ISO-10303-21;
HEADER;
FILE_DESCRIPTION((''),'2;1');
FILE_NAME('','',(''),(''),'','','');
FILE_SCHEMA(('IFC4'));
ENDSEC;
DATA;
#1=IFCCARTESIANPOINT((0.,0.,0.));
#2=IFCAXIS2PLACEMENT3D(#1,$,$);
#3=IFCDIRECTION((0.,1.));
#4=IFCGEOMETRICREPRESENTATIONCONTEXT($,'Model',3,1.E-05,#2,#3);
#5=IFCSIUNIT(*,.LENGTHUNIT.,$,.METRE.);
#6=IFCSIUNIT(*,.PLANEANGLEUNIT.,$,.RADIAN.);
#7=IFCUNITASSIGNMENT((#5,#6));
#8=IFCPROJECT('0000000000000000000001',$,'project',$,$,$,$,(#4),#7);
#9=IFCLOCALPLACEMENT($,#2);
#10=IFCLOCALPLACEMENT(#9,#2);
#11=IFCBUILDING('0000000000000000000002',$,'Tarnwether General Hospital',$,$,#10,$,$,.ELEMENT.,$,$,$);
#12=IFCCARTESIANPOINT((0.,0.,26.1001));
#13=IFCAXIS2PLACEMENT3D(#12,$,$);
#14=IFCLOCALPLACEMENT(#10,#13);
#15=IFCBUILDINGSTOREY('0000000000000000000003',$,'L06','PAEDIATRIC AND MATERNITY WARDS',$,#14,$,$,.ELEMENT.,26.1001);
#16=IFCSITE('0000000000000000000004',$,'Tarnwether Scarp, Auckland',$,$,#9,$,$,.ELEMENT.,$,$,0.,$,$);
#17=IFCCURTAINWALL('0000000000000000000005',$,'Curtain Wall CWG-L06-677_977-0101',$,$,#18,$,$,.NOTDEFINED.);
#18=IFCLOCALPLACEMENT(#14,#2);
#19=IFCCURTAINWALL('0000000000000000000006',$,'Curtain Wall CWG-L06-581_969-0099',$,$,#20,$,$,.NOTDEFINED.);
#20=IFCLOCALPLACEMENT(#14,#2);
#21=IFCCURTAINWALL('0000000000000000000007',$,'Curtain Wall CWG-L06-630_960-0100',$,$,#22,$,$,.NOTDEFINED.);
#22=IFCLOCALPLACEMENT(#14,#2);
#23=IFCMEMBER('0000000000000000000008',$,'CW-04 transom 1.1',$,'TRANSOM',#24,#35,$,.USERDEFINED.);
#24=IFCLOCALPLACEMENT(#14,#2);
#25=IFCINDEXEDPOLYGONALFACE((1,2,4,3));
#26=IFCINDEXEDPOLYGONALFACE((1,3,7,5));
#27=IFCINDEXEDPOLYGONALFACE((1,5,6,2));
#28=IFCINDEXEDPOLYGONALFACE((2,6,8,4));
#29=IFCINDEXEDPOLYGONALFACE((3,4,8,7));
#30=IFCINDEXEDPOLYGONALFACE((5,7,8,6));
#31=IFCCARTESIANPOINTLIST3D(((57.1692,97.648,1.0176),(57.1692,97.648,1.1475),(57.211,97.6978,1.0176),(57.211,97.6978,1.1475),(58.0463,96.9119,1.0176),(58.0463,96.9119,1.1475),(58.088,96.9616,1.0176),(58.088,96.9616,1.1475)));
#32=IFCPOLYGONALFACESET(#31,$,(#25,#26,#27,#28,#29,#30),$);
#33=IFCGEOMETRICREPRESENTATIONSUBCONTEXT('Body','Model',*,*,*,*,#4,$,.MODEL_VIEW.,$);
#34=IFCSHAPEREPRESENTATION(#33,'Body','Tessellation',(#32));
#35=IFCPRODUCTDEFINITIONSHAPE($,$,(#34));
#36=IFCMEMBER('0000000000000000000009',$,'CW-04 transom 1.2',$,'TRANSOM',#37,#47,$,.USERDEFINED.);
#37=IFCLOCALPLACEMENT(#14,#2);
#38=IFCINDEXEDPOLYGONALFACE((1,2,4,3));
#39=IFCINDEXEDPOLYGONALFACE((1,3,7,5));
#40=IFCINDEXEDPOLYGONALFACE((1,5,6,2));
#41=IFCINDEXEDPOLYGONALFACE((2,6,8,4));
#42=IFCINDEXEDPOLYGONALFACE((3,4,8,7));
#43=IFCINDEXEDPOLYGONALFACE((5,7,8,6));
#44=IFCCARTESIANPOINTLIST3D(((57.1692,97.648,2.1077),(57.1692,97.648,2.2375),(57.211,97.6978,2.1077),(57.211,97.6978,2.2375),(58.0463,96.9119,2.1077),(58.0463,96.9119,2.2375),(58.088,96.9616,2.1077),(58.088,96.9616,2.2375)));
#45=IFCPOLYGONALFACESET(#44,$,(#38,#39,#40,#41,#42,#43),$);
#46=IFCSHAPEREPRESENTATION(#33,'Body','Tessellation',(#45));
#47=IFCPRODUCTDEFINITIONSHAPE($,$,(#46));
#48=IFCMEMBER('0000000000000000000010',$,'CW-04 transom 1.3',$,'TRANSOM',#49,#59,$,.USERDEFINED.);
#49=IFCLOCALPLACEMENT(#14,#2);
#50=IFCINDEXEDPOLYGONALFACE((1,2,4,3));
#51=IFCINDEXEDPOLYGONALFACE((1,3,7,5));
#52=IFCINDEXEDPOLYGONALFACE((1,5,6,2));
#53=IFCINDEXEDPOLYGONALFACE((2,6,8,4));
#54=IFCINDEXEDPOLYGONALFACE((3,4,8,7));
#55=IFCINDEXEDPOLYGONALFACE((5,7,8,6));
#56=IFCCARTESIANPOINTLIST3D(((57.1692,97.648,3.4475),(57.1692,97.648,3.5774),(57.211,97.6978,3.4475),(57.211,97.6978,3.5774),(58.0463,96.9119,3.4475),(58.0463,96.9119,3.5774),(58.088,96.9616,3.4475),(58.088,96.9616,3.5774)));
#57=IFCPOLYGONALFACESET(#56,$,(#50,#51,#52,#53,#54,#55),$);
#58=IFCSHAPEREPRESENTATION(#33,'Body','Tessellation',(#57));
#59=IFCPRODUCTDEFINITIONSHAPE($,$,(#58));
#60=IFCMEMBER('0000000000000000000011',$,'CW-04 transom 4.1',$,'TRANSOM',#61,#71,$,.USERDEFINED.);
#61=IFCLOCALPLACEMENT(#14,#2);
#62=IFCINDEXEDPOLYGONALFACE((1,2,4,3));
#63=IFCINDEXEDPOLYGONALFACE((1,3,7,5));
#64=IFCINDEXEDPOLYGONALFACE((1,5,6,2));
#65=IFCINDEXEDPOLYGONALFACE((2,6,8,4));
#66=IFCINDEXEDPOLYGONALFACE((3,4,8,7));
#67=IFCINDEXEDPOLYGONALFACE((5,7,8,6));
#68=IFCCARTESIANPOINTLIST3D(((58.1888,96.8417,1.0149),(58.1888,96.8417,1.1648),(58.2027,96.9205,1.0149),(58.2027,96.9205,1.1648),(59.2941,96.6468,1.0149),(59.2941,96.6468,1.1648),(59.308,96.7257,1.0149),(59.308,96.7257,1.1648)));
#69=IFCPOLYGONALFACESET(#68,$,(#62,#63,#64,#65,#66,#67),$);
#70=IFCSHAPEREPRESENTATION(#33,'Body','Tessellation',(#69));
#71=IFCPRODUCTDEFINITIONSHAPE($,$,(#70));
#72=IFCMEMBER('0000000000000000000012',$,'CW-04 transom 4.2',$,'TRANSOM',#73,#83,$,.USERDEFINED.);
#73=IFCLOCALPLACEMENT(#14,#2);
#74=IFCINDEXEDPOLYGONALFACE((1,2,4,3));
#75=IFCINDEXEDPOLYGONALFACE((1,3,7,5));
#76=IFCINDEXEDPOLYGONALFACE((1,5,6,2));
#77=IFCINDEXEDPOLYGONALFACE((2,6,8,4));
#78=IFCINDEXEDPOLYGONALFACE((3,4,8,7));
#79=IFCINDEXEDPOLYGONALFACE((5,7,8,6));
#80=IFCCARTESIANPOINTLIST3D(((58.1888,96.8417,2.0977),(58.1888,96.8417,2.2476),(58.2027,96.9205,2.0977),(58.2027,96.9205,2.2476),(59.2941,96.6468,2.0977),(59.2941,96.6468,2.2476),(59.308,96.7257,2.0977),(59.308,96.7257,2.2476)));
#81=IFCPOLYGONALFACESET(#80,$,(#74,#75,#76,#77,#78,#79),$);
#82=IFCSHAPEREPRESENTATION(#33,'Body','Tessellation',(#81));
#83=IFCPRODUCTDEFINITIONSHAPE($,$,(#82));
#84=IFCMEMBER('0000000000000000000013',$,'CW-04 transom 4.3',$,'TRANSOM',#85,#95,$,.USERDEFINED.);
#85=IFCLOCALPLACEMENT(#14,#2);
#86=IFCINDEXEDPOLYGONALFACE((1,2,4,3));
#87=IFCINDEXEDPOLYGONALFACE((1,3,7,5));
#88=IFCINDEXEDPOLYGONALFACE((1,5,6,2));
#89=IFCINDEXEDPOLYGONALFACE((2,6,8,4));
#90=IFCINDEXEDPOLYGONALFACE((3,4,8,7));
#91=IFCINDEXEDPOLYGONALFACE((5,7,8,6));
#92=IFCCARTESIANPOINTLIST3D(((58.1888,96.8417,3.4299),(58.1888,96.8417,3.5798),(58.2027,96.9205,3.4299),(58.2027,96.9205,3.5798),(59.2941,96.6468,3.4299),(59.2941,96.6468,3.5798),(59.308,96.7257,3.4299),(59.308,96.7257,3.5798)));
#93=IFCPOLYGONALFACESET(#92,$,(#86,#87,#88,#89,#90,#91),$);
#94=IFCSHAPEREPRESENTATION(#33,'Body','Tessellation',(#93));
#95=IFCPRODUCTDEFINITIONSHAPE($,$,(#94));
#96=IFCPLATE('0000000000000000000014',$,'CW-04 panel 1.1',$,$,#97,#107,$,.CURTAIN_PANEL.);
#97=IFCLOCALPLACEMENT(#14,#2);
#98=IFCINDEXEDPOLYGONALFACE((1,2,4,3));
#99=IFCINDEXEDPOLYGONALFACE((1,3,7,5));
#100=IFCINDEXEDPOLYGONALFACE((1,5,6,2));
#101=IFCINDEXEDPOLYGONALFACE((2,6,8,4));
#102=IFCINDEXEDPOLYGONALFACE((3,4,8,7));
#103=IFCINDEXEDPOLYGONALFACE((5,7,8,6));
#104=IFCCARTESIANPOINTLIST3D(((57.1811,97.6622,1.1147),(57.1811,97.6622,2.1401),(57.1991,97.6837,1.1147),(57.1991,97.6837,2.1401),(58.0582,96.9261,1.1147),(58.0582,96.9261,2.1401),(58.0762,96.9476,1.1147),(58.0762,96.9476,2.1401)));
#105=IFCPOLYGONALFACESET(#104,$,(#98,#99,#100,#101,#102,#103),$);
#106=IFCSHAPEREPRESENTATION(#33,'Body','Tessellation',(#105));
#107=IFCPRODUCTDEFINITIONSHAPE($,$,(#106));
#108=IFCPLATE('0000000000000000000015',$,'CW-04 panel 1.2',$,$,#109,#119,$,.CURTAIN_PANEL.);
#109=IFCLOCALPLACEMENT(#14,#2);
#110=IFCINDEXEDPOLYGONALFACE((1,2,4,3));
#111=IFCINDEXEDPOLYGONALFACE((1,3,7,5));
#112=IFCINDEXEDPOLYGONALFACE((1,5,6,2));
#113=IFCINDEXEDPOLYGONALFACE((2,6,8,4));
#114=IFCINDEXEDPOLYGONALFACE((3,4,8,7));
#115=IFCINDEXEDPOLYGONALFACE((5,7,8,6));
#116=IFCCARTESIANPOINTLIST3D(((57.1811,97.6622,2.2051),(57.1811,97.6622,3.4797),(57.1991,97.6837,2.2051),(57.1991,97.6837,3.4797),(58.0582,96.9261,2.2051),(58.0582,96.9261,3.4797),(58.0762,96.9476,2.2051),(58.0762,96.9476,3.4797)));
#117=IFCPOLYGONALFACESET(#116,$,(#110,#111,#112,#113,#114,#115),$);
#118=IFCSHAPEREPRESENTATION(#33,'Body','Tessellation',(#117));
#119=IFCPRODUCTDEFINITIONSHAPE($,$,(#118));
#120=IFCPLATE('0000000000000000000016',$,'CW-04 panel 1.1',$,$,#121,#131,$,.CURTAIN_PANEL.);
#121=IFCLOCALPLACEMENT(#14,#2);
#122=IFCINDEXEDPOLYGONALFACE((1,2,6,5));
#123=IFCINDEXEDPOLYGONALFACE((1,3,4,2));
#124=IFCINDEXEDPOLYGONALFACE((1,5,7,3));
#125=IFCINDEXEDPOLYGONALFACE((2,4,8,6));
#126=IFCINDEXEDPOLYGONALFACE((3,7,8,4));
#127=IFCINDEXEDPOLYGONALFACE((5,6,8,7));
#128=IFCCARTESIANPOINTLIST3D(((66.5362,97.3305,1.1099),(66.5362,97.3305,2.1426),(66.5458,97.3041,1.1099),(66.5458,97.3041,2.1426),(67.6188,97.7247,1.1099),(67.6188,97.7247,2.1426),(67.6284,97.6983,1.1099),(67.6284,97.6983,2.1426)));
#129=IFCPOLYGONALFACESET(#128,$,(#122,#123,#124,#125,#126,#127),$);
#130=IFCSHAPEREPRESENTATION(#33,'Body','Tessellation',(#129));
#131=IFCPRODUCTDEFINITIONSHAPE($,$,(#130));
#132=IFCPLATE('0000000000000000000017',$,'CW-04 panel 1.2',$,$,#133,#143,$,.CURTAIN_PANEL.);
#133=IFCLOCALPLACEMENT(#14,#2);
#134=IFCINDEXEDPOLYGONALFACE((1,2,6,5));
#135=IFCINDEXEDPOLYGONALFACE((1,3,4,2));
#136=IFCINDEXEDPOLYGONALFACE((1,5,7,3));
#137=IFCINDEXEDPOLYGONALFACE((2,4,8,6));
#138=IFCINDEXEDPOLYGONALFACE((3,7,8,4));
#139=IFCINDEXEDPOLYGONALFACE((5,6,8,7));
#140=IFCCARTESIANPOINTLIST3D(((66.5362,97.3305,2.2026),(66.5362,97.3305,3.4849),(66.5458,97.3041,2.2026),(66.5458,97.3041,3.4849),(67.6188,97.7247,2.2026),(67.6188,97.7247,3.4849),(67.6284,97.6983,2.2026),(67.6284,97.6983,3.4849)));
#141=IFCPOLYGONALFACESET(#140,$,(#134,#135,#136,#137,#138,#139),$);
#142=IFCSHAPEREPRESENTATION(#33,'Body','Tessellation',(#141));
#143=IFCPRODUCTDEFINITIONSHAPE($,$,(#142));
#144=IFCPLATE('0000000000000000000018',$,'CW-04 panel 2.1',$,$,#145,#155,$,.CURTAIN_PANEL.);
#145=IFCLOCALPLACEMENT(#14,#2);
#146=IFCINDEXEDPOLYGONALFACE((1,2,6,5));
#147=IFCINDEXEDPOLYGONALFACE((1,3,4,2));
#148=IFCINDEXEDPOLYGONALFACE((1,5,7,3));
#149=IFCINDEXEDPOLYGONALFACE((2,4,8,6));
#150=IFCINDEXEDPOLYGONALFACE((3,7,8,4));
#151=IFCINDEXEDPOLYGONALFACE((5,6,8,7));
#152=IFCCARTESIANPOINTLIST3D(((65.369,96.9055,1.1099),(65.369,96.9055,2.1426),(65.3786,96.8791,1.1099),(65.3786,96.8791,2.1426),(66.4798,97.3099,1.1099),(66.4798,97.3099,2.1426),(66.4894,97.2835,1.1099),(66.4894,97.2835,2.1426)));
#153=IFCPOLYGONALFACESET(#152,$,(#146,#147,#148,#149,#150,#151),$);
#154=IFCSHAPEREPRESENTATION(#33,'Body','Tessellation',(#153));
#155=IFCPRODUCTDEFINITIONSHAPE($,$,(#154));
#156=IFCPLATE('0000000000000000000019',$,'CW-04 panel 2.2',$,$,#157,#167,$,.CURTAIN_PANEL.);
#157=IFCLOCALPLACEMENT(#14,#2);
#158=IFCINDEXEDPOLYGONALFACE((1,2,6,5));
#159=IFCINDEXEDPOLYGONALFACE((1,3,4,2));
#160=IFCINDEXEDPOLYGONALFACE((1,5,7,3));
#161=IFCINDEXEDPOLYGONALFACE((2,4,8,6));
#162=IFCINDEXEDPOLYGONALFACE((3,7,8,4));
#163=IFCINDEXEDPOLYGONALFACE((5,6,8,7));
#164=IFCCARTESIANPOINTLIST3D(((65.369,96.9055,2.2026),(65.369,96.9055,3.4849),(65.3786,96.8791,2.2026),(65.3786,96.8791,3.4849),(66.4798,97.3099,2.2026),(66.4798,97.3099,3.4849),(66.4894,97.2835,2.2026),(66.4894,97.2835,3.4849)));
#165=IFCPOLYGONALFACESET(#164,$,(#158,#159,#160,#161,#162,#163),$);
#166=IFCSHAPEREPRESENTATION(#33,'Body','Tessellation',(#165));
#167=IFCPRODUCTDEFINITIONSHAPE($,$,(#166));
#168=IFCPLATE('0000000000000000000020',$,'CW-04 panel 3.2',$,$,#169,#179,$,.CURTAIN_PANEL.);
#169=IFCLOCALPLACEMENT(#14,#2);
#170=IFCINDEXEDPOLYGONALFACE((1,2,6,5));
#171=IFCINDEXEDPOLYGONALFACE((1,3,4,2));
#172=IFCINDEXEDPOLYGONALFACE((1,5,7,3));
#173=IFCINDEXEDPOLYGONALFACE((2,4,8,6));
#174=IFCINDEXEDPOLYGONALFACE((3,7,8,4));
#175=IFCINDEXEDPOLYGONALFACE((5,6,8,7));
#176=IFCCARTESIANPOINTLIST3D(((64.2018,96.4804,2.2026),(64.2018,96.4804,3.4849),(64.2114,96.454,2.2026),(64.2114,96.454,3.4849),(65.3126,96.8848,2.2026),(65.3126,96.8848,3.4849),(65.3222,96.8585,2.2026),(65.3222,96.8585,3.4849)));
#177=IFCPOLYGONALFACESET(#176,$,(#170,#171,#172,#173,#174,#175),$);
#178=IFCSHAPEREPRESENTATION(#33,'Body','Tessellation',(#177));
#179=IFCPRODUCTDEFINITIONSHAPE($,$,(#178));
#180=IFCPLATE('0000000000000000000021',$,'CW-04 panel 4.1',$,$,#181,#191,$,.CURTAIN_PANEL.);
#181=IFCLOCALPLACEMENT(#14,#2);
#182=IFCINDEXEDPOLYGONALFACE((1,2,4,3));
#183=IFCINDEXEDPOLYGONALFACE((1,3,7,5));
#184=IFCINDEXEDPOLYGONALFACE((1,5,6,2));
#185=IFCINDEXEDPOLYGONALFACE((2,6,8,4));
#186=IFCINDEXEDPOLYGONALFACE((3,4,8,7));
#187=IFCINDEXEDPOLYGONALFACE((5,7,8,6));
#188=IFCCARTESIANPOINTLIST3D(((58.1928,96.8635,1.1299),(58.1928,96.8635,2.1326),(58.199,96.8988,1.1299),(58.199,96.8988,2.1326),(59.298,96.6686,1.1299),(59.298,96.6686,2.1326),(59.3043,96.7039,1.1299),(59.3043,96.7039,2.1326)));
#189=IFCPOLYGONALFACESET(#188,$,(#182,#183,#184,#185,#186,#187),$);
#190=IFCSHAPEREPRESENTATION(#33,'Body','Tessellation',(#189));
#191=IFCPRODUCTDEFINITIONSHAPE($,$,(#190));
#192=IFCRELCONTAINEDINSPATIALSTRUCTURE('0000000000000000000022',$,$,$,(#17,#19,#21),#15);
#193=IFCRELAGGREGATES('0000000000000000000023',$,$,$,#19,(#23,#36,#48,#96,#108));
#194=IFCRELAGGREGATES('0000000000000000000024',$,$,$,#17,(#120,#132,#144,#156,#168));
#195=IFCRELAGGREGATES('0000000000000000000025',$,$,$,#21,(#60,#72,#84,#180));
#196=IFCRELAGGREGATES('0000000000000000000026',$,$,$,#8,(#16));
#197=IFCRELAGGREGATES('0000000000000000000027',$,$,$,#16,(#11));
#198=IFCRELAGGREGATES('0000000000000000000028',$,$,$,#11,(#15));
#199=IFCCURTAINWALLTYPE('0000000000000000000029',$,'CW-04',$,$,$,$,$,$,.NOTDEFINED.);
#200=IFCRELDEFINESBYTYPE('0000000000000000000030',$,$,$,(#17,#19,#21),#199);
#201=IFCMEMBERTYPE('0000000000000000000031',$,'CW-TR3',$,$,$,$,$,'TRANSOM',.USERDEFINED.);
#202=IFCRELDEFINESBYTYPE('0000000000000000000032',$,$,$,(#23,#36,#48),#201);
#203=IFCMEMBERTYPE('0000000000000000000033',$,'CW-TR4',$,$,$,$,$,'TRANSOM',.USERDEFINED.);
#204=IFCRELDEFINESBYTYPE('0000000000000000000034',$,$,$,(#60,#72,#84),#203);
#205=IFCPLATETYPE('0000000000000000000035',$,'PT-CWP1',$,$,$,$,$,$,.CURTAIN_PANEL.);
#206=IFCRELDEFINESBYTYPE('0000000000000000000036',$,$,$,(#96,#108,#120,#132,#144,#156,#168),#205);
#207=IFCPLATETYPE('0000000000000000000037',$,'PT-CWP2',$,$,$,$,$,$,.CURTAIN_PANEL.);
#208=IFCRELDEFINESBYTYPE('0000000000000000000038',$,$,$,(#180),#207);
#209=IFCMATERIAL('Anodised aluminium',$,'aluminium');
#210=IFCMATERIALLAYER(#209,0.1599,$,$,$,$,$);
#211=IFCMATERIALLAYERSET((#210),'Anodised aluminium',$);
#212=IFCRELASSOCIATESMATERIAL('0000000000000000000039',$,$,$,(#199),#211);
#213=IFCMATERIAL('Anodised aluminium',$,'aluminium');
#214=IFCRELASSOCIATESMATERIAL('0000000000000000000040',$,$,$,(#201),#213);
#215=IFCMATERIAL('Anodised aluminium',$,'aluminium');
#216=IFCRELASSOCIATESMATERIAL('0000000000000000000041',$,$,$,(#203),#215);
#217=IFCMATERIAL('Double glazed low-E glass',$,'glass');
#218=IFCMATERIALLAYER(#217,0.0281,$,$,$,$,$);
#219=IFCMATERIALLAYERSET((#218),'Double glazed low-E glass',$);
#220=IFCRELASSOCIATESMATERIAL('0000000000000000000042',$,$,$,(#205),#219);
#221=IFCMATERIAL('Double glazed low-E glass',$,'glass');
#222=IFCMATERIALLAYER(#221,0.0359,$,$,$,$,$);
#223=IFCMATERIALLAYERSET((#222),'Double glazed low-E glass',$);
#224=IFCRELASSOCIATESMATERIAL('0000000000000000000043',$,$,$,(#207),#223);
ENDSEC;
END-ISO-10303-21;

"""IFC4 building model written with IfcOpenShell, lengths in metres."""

from ifc_helpers import new_model, si_unit, direction, frame, origin, origin_2d, place, context, subcontext, project, spatial, rectangle, extrude, material, layer, layer_set, material_profile, profile_set, type_object, element, aggregate, save


model = new_model("IFC4")

# Units and contexts
model_context = context("Model", 3, precision=1e-05, world=origin(), true_north=direction((0.0, 1.0)))
body_context = subcontext(model_context, "Body", "Model", "MODEL_VIEW")
ifc_project = project(units=[si_unit("LENGTHUNIT", "METRE"), si_unit("PLANEANGLEUNIT", "RADIAN")], contexts=[model_context])

# Site, building, storey
site_placement = place(None, origin())
site = spatial("IfcSite", under=ifc_project, at=site_placement, Name="Tarnwether Scarp, Auckland", CompositionType="ELEMENT", RefElevation=0.0)
building_placement = place(site_placement, origin())
building = spatial("IfcBuilding", under=site, at=building_placement, Name="Tarnwether General Hospital", CompositionType="ELEMENT")
storey_placement = place(building_placement, frame((0.0, 0.0, 26.1001)))
storey = spatial("IfcBuildingStorey", under=building, at=storey_placement, Name="L06", Description="PAEDIATRIC AND MATERNITY WARDS", CompositionType="ELEMENT", Elevation=26.1001)

# Curtain walls
ifc_material_1 = material(Name="Anodised aluminium", Category="aluminium")
ifc_layer_1 = layer(ifc_material_1, 0.1599)
ifc_layer_set_1 = layer_set([ifc_layer_1], Name="Anodised aluminium")
curtain_wall_type = type_object("IfcCurtainWallType", Name="CW-04", PredefinedType="NOTDEFINED", material=ifc_layer_set_1)
curtain_wall_1_placement = place(storey_placement, origin())
curtain_wall_1 = element("IfcCurtainWall", 1, at=curtain_wall_1_placement, inside=storey, type_object=curtain_wall_type, Name="Curtain Wall CWG-L06-677_977-0101", PredefinedType="NOTDEFINED")
curtain_wall_2_placement = place(storey_placement, origin())
curtain_wall_2 = element("IfcCurtainWall", 2, at=curtain_wall_2_placement, inside=storey, type_object=curtain_wall_type, Name="Curtain Wall CWG-L06-581_969-0099", PredefinedType="NOTDEFINED")
curtain_wall_3_placement = place(storey_placement, origin())
curtain_wall_3 = element("IfcCurtainWall", 3, at=curtain_wall_3_placement, inside=storey, type_object=curtain_wall_type, Name="Curtain Wall CWG-L06-630_960-0100", PredefinedType="NOTDEFINED")

# Members
ifc_material_2 = material(Name="Anodised aluminium", Category="aluminium")
ifc_material_profile_1 = material_profile(ifc_material_2, rectangle(XDim=0.0649, YDim=0.1299, at=origin_2d()), Name="ALU-TRN-65x130")
ifc_profile_set_1 = profile_set([ifc_material_profile_1], Name="Anodised aluminium")
member_type_1 = type_object("IfcMemberType", Name="CW-TR3", ElementType="TRANSOM", PredefinedType="USERDEFINED", material=ifc_profile_set_1)
member_1_placement = place(storey_placement, frame((58.0671, 96.9368, 1.0825), z_axis=(-0.765944, 0.642907, 0.0), x_axis=(-0.642907, -0.765944, 0.0)))
member_1 = element("IfcMember", 4, at=member_1_placement, type_object=member_type_1, Name="CW-04 transom 1.1", ObjectType="TRANSOM", PredefinedType="USERDEFINED", context=body_context, shape_type="SweptSolid", body=[
    extrude(rectangle(XDim=0.0649, YDim=0.1299, at=origin_2d()), origin(), (0.0, 0.0, 1.0), 1.145),
])
member_2_placement = place(storey_placement, frame((58.0671, 96.9368, 2.1726), z_axis=(-0.765944, 0.642907, 0.0), x_axis=(-0.642907, -0.765944, 0.0)))
member_2 = element("IfcMember", 5, at=member_2_placement, type_object=member_type_1, Name="CW-04 transom 1.2", ObjectType="TRANSOM", PredefinedType="USERDEFINED", context=body_context, shape_type="SweptSolid", body=[
    extrude(rectangle(XDim=0.0649, YDim=0.1299, at=origin_2d()), origin(), (0.0, 0.0, 1.0), 1.145),
])
member_3_placement = place(storey_placement, frame((58.0671, 96.9368, 3.5125), z_axis=(-0.765944, 0.642907, 0.0), x_axis=(-0.642907, -0.765944, 0.0)))
member_3 = element("IfcMember", 6, at=member_3_placement, type_object=member_type_1, Name="CW-04 transom 1.3", ObjectType="TRANSOM", PredefinedType="USERDEFINED", context=body_context, shape_type="SweptSolid", body=[
    extrude(rectangle(XDim=0.0649, YDim=0.1299, at=origin_2d()), origin(), (0.0, 0.0, 1.0), 1.145),
])
ifc_material_3 = material(Name="Anodised aluminium", Category="aluminium")
ifc_material_profile_2 = material_profile(ifc_material_3, rectangle(XDim=0.0801, YDim=0.1499, at=origin_2d()), Name="ALU-TRN-80x150")
ifc_profile_set_2 = profile_set([ifc_material_profile_2], Name="Anodised aluminium")
member_type_2 = type_object("IfcMemberType", Name="CW-TR4", ElementType="TRANSOM", PredefinedType="USERDEFINED", material=ifc_profile_set_2)
member_4_placement = place(storey_placement, frame((59.301, 96.6863, 1.0898), z_axis=(-0.984816, 0.173599, 0.0), x_axis=(-0.173599, -0.984816, 0.0)))
member_4 = element("IfcMember", 7, at=member_4_placement, type_object=member_type_2, Name="CW-04 transom 4.1", ObjectType="TRANSOM", PredefinedType="USERDEFINED", context=body_context, shape_type="SweptSolid", body=[
    extrude(rectangle(XDim=0.0801, YDim=0.1499, at=origin_2d()), origin(), (0.0, 0.0, 1.0), 1.1223),
])
member_5_placement = place(storey_placement, frame((59.301, 96.6863, 2.1726), z_axis=(-0.984816, 0.173599, 0.0), x_axis=(-0.173599, -0.984816, 0.0)))
member_5 = element("IfcMember", 8, at=member_5_placement, type_object=member_type_2, Name="CW-04 transom 4.2", ObjectType="TRANSOM", PredefinedType="USERDEFINED", context=body_context, shape_type="SweptSolid", body=[
    extrude(rectangle(XDim=0.0801, YDim=0.1499, at=origin_2d()), origin(), (0.0, 0.0, 1.0), 1.1223),
])
member_6_placement = place(storey_placement, frame((59.301, 96.6863, 3.5049), z_axis=(-0.984816, 0.173599, 0.0), x_axis=(-0.173599, -0.984816, 0.0)))
member_6 = element("IfcMember", 9, at=member_6_placement, type_object=member_type_2, Name="CW-04 transom 4.3", ObjectType="TRANSOM", PredefinedType="USERDEFINED", context=body_context, shape_type="SweptSolid", body=[
    extrude(rectangle(XDim=0.0801, YDim=0.1499, at=origin_2d()), origin(), (0.0, 0.0, 1.0), 1.1223),
])

# Plates
ifc_material_4 = material(Name="Double glazed low-E glass", Category="glass")
ifc_layer_2 = layer(ifc_material_4, 0.0281)
ifc_layer_set_2 = layer_set([ifc_layer_2], Name="Double glazed low-E glass")
plate_type_1 = type_object("IfcPlateType", Name="PT-CWP1", PredefinedType="CURTAIN_PANEL", material=ifc_layer_set_2)
plate_1_placement = place(storey_placement, frame((57.6287, 97.3049, 1.1147), z_axis=(0.0, 0.0, 1.0), x_axis=(-0.76599, 0.642852, 0.0)))
plate_1 = element("IfcPlate", 10, at=plate_1_placement, type_object=plate_type_1, Name="CW-04 panel 1.1", PredefinedType="CURTAIN_PANEL", context=body_context, shape_type="SweptSolid", body=[
    extrude(rectangle(XDim=1.145, YDim=0.0281, at=origin_2d()), origin(), (0.0, 0.0, 1.0), 1.0254),
])
plate_2_placement = place(storey_placement, frame((57.6287, 97.3049, 2.2051), z_axis=(0.0, 0.0, 1.0), x_axis=(-0.76599, 0.642852, 0.0)))
plate_2 = element("IfcPlate", 11, at=plate_2_placement, type_object=plate_type_1, Name="CW-04 panel 1.2", PredefinedType="CURTAIN_PANEL", context=body_context, shape_type="SweptSolid", body=[
    extrude(rectangle(XDim=1.145, YDim=0.0281, at=origin_2d()), origin(), (0.0, 0.0, 1.0), 1.2747),
])
aggregate(curtain_wall_2, [member_1, member_2, member_3, plate_1, plate_2])
plate_3_placement = place(storey_placement, frame((67.0823, 97.5144, 1.1099), z_axis=(0.0, 0.0, 1.0), x_axis=(-0.939652, -0.342131, 0.0)))
plate_3 = element("IfcPlate", 12, at=plate_3_placement, type_object=plate_type_1, Name="CW-04 panel 1.1", PredefinedType="CURTAIN_PANEL", context=body_context, shape_type="SweptSolid", body=[
    extrude(rectangle(XDim=1.1521, YDim=0.0281, at=origin_2d()), origin(), (0.0, 0.0, 1.0), 1.0327),
])
plate_4_placement = place(storey_placement, frame((67.0823, 97.5144, 2.2026), z_axis=(0.0, 0.0, 1.0), x_axis=(-0.939652, -0.342131, 0.0)))
plate_4 = element("IfcPlate", 13, at=plate_4_placement, type_object=plate_type_1, Name="CW-04 panel 1.2", PredefinedType="CURTAIN_PANEL", context=body_context, shape_type="SweptSolid", body=[
    extrude(rectangle(XDim=1.1521, YDim=0.0281, at=origin_2d()), origin(), (0.0, 0.0, 1.0), 1.2822),
])
plate_5_placement = place(storey_placement, frame((65.9292, 97.0945, 1.1099), z_axis=(0.0, 0.0, 1.0), x_axis=(-0.939652, -0.342131, 0.0)))
plate_5 = element("IfcPlate", 14, at=plate_5_placement, type_object=plate_type_1, Name="CW-04 panel 2.1", PredefinedType="CURTAIN_PANEL", context=body_context, shape_type="SweptSolid", body=[
    extrude(rectangle(XDim=1.1821, YDim=0.0281, at=origin_2d()), origin(), (0.0, 0.0, 1.0), 1.0327),
])
plate_6_placement = place(storey_placement, frame((65.9292, 97.0945, 2.2026), z_axis=(0.0, 0.0, 1.0), x_axis=(-0.939652, -0.342131, 0.0)))
plate_6 = element("IfcPlate", 15, at=plate_6_placement, type_object=plate_type_1, Name="CW-04 panel 2.2", PredefinedType="CURTAIN_PANEL", context=body_context, shape_type="SweptSolid", body=[
    extrude(rectangle(XDim=1.1821, YDim=0.0281, at=origin_2d()), origin(), (0.0, 0.0, 1.0), 1.2822),
])
plate_7_placement = place(storey_placement, frame((64.762, 96.6694, 2.2026), z_axis=(0.0, 0.0, 1.0), x_axis=(-0.939652, -0.342131, 0.0)))
plate_7 = element("IfcPlate", 16, at=plate_7_placement, type_object=plate_type_1, Name="CW-04 panel 3.2", PredefinedType="CURTAIN_PANEL", context=body_context, shape_type="SweptSolid", body=[
    extrude(rectangle(XDim=1.1821, YDim=0.0281, at=origin_2d()), origin(), (0.0, 0.0, 1.0), 1.2822),
])
aggregate(curtain_wall_1, [plate_3, plate_4, plate_5, plate_6, plate_7])
ifc_material_5 = material(Name="Double glazed low-E glass", Category="glass")
ifc_layer_3 = layer(ifc_material_5, 0.0359)
ifc_layer_set_3 = layer_set([ifc_layer_3], Name="Double glazed low-E glass")
plate_type_2 = type_object("IfcPlateType", Name="PT-CWP2", PredefinedType="CURTAIN_PANEL", material=ifc_layer_set_3)
plate_8_placement = place(storey_placement, frame((58.7485, 96.7837, 1.1299), z_axis=(0.0, 0.0, 1.0), x_axis=(-0.984806, 0.173659, 0.0)))
plate_8 = element("IfcPlate", 17, at=plate_8_placement, type_object=plate_type_2, Name="CW-04 panel 4.1", PredefinedType="CURTAIN_PANEL", context=body_context, shape_type="SweptSolid", body=[
    extrude(rectangle(XDim=1.1223, YDim=0.0359, at=origin_2d()), origin(), (0.0, 0.0, 1.0), 1.0027),
])
aggregate(curtain_wall_3, [member_4, member_5, member_6, plate_8])

save(model, "model.ifc")
